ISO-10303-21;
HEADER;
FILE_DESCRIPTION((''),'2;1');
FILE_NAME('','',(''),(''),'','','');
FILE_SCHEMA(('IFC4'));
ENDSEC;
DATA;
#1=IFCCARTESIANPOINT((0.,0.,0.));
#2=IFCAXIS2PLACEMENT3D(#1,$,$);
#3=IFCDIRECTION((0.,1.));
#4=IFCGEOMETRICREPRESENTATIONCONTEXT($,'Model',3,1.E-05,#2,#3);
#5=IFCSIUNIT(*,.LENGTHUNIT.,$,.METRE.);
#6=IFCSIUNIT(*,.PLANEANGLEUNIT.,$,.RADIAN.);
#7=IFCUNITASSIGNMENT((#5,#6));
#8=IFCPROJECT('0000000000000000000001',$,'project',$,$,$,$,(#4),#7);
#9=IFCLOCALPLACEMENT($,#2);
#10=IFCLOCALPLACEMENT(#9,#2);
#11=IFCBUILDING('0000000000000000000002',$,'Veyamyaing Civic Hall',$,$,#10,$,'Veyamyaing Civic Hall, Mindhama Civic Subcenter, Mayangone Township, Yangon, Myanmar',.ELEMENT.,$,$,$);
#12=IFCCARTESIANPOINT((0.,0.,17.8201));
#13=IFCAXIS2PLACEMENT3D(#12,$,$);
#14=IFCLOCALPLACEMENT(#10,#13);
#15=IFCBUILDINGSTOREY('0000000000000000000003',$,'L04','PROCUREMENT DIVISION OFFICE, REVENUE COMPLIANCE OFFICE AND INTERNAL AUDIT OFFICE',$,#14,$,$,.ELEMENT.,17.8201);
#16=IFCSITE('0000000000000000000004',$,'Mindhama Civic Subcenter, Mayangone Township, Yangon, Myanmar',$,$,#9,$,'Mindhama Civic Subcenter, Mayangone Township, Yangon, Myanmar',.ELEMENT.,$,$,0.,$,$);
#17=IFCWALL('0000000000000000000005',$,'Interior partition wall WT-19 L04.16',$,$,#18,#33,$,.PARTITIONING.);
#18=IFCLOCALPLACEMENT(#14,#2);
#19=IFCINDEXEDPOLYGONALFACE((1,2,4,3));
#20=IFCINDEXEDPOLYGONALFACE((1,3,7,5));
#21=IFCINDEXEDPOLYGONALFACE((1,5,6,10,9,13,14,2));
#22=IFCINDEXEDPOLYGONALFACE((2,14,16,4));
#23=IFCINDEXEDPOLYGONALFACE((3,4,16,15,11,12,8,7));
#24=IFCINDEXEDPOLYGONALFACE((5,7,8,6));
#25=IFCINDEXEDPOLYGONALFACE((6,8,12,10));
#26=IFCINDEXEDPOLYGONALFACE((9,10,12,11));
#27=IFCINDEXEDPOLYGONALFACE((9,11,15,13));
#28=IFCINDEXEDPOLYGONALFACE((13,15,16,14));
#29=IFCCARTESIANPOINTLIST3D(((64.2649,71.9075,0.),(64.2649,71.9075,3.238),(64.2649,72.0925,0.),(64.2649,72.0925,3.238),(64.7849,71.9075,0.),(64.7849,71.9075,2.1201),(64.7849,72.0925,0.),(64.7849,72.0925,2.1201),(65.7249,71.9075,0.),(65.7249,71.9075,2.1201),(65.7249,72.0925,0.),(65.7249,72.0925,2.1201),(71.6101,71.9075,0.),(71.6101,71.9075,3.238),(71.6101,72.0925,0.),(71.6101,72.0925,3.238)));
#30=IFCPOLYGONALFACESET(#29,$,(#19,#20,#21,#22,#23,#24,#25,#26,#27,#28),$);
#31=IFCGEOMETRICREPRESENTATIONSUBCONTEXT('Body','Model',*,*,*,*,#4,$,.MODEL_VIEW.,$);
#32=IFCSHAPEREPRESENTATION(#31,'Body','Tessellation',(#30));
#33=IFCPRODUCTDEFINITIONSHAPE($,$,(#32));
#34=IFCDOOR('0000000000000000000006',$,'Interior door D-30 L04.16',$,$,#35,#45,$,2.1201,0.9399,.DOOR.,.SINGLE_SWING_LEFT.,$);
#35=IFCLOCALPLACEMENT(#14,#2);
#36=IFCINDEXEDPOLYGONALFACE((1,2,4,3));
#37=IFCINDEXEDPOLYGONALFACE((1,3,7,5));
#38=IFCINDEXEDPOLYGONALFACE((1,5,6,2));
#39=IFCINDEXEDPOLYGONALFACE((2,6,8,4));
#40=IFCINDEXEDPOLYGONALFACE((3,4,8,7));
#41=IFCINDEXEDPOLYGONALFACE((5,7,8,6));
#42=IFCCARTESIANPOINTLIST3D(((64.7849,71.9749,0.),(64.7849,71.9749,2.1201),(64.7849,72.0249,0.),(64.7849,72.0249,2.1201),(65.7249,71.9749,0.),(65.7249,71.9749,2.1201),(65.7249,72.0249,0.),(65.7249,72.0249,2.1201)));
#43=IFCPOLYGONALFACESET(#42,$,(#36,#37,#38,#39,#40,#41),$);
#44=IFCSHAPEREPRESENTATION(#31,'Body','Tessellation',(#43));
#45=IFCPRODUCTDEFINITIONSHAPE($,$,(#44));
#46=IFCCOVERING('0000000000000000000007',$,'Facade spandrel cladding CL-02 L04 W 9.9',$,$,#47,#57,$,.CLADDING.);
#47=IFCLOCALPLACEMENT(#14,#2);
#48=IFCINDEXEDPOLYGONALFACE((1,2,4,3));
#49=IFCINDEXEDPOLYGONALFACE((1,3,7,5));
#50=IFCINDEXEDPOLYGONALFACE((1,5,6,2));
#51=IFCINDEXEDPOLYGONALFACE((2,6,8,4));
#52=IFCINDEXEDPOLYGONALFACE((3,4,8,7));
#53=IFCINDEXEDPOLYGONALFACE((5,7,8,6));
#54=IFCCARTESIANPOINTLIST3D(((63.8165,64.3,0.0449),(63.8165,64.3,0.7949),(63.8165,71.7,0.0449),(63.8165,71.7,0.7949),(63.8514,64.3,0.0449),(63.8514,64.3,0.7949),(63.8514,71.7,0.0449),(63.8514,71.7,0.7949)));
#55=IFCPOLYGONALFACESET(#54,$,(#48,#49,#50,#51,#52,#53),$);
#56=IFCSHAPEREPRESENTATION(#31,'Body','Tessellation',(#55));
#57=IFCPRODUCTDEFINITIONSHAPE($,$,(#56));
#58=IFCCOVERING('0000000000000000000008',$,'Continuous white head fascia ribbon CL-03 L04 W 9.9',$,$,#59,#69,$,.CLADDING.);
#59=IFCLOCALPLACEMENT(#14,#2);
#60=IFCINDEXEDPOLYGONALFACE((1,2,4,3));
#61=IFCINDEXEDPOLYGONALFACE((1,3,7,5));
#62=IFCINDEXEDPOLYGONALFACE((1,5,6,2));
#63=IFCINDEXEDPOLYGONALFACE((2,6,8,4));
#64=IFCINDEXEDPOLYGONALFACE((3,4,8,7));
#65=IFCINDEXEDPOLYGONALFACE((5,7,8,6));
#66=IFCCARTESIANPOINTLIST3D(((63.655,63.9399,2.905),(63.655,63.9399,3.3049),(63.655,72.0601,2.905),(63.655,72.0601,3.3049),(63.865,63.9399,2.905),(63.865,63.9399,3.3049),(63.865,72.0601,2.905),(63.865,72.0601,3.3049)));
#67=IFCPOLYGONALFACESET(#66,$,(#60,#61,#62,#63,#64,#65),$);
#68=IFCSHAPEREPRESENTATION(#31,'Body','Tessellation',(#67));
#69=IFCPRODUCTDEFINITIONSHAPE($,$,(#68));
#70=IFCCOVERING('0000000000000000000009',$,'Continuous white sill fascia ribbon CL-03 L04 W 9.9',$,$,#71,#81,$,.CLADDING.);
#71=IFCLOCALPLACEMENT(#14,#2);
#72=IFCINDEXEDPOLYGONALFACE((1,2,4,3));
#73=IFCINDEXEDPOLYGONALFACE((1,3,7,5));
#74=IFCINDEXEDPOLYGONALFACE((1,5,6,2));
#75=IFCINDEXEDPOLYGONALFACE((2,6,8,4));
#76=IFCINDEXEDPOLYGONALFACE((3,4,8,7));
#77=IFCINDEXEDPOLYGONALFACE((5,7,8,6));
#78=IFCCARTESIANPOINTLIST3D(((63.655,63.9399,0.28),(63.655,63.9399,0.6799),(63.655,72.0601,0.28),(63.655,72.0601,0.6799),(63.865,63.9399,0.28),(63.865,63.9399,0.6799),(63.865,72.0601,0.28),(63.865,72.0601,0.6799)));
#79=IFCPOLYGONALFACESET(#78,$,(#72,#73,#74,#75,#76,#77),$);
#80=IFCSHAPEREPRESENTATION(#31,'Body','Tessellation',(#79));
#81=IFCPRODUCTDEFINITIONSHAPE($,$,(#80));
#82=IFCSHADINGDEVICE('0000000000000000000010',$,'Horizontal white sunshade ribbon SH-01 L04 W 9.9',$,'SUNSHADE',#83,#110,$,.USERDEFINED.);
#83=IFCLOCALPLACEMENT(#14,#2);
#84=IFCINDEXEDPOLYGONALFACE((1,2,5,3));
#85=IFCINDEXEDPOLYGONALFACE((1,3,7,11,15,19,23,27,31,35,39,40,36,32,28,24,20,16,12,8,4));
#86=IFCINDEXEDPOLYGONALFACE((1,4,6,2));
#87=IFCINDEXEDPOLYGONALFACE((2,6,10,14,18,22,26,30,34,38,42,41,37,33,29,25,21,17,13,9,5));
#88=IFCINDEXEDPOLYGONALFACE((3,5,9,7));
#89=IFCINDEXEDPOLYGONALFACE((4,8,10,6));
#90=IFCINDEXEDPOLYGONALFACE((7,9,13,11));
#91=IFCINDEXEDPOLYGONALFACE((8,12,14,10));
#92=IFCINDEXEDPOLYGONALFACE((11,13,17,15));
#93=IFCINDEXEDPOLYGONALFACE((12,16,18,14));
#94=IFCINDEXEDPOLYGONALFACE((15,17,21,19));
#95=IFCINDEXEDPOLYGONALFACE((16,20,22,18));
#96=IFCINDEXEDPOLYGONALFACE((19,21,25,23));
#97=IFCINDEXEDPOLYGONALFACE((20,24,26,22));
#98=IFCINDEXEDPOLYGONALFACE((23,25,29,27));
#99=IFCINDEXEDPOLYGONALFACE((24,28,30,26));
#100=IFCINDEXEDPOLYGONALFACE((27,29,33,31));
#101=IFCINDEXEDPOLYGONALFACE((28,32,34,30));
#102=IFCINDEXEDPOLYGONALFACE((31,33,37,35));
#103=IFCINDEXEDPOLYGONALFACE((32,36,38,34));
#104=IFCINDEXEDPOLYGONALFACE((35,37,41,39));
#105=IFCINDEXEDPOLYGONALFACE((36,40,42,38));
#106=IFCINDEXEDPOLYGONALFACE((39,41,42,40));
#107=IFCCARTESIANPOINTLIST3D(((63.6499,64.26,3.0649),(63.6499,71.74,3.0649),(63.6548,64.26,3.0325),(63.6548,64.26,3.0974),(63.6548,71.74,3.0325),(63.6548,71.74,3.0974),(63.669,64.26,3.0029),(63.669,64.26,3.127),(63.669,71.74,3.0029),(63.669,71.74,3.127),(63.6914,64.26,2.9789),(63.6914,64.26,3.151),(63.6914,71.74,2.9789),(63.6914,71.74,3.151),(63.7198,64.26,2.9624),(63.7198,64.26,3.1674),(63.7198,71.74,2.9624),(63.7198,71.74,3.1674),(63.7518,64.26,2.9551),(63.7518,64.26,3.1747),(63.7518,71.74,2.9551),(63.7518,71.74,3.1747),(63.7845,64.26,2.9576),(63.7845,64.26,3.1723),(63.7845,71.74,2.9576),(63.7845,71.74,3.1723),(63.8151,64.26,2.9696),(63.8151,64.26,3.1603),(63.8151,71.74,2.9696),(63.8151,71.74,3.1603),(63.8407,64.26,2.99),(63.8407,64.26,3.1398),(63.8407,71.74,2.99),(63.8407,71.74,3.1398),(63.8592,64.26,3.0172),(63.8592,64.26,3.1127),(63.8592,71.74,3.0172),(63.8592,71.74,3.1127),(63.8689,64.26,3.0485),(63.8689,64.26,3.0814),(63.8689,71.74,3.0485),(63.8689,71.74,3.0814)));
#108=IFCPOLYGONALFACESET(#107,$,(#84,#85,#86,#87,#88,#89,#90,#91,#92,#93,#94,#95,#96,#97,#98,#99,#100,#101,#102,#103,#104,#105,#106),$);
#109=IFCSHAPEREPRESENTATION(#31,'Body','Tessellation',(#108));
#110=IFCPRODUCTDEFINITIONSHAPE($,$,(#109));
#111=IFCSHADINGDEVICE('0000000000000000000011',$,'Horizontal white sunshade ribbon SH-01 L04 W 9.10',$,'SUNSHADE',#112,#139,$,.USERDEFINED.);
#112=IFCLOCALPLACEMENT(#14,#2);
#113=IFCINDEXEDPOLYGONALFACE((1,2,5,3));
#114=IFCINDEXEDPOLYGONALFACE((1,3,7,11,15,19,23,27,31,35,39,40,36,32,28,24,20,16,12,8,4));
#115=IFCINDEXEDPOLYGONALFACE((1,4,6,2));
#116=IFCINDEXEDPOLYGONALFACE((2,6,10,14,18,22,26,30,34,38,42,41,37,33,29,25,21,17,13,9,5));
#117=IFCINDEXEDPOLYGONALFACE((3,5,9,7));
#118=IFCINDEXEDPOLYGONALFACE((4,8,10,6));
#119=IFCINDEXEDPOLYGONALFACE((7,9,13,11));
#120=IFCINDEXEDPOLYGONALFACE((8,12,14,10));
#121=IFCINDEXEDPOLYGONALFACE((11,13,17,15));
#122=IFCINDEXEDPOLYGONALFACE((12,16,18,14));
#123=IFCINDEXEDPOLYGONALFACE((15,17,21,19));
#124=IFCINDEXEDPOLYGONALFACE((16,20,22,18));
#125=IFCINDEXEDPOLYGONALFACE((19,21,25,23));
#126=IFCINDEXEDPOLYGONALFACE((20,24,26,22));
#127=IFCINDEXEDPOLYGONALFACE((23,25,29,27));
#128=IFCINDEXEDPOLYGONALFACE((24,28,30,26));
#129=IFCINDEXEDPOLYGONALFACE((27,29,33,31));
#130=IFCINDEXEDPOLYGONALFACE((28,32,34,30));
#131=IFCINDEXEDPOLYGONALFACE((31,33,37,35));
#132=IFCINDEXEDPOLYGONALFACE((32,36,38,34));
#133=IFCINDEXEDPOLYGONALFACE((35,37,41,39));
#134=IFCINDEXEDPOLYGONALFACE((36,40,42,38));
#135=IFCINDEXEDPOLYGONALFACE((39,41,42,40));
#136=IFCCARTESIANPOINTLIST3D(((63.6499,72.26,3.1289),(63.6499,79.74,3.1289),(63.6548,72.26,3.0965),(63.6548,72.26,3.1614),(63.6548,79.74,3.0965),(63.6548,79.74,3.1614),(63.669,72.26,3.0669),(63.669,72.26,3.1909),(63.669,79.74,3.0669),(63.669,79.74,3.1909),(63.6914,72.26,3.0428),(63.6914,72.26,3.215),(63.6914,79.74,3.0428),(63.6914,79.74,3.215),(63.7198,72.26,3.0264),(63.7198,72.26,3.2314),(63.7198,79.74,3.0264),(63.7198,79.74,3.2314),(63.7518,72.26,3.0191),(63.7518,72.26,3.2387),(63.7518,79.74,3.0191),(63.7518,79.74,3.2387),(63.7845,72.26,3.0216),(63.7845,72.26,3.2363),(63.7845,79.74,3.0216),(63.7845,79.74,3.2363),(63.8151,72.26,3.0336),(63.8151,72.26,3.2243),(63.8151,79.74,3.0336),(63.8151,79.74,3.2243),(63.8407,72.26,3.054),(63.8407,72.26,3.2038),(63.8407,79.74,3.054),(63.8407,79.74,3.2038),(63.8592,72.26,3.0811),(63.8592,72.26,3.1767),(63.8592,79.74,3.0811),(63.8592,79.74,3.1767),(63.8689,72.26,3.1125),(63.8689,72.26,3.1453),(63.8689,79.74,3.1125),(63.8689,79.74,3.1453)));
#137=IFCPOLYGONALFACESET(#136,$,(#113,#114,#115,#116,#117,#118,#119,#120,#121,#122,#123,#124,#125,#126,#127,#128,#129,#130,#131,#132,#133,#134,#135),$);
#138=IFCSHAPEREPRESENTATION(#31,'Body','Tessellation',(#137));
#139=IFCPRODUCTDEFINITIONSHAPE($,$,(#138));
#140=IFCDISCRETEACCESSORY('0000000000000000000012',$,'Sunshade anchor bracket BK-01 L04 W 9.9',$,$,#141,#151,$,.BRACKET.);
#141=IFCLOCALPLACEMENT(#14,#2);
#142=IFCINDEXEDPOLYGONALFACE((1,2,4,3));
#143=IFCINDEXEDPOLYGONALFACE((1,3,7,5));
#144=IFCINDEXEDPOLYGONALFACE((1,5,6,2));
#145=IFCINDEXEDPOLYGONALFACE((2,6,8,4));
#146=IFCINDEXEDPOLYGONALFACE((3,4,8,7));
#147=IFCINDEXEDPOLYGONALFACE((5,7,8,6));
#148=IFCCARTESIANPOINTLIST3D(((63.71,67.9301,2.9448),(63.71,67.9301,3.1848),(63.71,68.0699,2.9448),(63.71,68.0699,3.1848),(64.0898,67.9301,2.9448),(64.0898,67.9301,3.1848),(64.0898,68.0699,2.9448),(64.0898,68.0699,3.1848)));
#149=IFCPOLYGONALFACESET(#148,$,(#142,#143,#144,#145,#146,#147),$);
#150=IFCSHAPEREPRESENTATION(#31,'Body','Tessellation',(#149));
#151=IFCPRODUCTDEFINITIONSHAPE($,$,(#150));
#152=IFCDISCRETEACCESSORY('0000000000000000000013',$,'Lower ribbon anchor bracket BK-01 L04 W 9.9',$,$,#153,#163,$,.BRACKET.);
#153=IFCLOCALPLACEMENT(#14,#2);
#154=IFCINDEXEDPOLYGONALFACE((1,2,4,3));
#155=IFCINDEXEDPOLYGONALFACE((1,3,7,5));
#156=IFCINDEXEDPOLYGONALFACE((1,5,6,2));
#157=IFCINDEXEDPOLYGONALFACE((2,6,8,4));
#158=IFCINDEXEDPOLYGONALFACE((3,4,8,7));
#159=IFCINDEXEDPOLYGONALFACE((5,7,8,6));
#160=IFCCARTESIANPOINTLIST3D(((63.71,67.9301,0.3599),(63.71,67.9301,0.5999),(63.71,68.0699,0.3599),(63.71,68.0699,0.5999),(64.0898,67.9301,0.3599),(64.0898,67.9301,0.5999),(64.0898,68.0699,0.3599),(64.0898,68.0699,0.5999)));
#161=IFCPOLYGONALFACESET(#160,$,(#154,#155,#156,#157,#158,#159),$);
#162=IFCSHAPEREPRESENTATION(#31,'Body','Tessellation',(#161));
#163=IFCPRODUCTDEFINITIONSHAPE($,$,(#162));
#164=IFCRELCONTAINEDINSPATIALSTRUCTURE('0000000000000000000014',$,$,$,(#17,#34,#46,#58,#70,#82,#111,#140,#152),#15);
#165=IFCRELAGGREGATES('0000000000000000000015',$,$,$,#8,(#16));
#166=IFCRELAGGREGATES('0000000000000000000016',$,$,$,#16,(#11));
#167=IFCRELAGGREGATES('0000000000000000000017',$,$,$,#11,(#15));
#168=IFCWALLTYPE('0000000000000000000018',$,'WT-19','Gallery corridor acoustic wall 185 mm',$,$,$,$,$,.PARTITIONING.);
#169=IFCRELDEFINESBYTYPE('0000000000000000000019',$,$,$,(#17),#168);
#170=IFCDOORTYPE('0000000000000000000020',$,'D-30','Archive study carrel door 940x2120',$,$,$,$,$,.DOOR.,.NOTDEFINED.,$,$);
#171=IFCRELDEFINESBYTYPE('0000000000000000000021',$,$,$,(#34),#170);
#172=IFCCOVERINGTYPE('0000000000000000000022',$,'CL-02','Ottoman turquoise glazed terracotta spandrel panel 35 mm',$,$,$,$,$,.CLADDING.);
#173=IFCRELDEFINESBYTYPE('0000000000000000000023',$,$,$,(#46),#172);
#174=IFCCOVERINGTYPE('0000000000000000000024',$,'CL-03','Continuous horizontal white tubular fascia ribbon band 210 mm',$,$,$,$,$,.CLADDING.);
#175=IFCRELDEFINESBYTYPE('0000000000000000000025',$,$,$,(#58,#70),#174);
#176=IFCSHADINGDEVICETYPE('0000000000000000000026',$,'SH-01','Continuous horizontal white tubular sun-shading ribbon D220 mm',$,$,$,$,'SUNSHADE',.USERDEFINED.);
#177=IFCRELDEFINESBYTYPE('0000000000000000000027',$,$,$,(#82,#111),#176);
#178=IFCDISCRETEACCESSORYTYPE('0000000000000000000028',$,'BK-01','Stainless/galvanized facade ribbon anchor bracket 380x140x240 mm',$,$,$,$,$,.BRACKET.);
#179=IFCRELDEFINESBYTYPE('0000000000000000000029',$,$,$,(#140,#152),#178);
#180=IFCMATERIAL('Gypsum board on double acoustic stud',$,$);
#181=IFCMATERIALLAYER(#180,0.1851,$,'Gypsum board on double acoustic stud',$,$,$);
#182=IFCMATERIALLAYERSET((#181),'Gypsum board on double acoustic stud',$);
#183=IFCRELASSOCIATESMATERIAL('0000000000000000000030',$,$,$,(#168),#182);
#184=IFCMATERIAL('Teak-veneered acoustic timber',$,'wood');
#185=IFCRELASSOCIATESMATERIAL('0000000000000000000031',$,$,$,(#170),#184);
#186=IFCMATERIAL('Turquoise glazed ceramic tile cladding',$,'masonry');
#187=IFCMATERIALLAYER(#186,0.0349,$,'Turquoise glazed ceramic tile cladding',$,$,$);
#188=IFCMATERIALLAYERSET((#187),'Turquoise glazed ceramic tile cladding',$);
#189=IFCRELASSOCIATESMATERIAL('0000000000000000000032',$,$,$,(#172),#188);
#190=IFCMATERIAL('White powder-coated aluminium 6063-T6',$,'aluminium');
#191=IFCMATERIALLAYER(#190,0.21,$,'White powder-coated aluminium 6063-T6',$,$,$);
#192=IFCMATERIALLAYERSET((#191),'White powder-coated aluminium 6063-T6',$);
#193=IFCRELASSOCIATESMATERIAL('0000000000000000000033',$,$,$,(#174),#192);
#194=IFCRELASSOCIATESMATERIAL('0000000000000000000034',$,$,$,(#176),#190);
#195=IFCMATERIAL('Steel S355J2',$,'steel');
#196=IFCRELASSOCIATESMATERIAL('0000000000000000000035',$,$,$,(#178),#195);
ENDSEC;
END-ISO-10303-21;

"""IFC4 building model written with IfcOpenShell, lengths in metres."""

from ifc_helpers import new_model, si_unit, direction, frame, frame_2d, origin, origin_2d, place, context, subcontext, project, spatial, rectangle, circle, extrude, material, layer, layer_set, material_profile, profile_set, type_object, element, fill, save


model = new_model("IFC4")

# Units and contexts
model_context = context("Model", 3, precision=1e-05, world=origin(), true_north=direction((0.0, 1.0)))
body_context = subcontext(model_context, "Body", "Model", "MODEL_VIEW")
ifc_project = project(units=[si_unit("LENGTHUNIT", "METRE"), si_unit("PLANEANGLEUNIT", "RADIAN")], contexts=[model_context])

# Site, building, storey
site_placement = place(None, origin())
site = spatial("IfcSite", under=ifc_project, at=site_placement, Name="Mindhama Civic Subcenter, Mayangone Township, Yangon, Myanmar", LongName="Mindhama Civic Subcenter, Mayangone Township, Yangon, Myanmar", CompositionType="ELEMENT", RefElevation=0.0)
building_placement = place(site_placement, origin())
building = spatial("IfcBuilding", under=site, at=building_placement, Name="Veyamyaing Civic Hall", LongName="Veyamyaing Civic Hall, Mindhama Civic Subcenter, Mayangone Township, Yangon, Myanmar", CompositionType="ELEMENT")
storey_placement = place(building_placement, frame((0.0, 0.0, 17.8201)))
storey = spatial("IfcBuildingStorey", under=building, at=storey_placement, Name="L04", Description="PROCUREMENT DIVISION OFFICE, REVENUE COMPLIANCE OFFICE AND INTERNAL AUDIT OFFICE", CompositionType="ELEMENT", Elevation=17.8201)

# Wall, opening, door
ifc_material_1 = material(Name="Gypsum board on double acoustic stud")
ifc_layer_1 = layer(ifc_material_1, 0.1851, Name="Gypsum board on double acoustic stud")
ifc_layer_set_1 = layer_set([ifc_layer_1], Name="Gypsum board on double acoustic stud")
wall_type_1 = type_object("IfcWallType", Name="WT-19", Description="Gallery corridor acoustic wall 185 mm", PredefinedType="PARTITIONING", material=ifc_layer_set_1)
wall_1_placement = place(storey_placement, frame((64.2649, 72.0, 0.0), z_axis=(0.0, 0.0, 1.0), x_axis=(1.0, 0.0, 0.0)))
wall_1 = element("IfcWall", 1, at=wall_1_placement, inside=storey, type_object=wall_type_1, Name="Interior partition wall WT-19 L04.16", PredefinedType="PARTITIONING", context=body_context, shape_type="SweptSolid", body=[
    extrude(rectangle(XDim=7.3452, YDim=0.1851, at=frame_2d((3.6726, 0.0))), origin(), (0.0, 0.0, 1.0), 3.238),
])
opening_1_placement = place(wall_1_placement, frame((0.52, 0.0, 0.0)))
opening_1 = element("IfcOpeningElement", 2, at=opening_1_placement, cuts=wall_1, PredefinedType="OPENING", context=body_context, shape_type="SweptSolid", body=[
    extrude(rectangle(XDim=0.9399, YDim=2.1201, at=frame_2d((0.47, 1.0601))), frame((0.0, 0.1025, 0.0), z_axis=(0.0, -1.0, 0.0), x_axis=(1.0, 0.0, 0.0)), (0.0, 0.0, 1.0), 0.2051),
])
ifc_material_2 = material(Name="Teak-veneered acoustic timber", Category="wood")
door_type = type_object("IfcDoorType", Name="D-30", Description="Archive study carrel door 940x2120", OperationType="NOTDEFINED", PredefinedType="DOOR", material=ifc_material_2)
door_placement = place(opening_1_placement, origin())
door = element("IfcDoor", 3, at=door_placement, inside=storey, type_object=door_type, Name="Interior door D-30 L04.16", OperationType="SINGLE_SWING_LEFT", OverallHeight=2.1201, OverallWidth=0.9399, PredefinedType="DOOR", context=body_context, shape_type="SweptSolid", body=[
    extrude(rectangle(XDim=0.9399, YDim=2.1201, at=frame_2d((0.47, 1.0601))), frame((0.0, 0.0249, 0.0), z_axis=(0.0, -1.0, 0.0), x_axis=(1.0, 0.0, 0.0)), (0.0, 0.0, 1.0), 0.05),
])
fill(opening_1, door)

# Coverings
ifc_material_3 = material(Name="Turquoise glazed ceramic tile cladding", Category="masonry")
ifc_layer_2 = layer(ifc_material_3, 0.0349, Name="Turquoise glazed ceramic tile cladding")
ifc_layer_set_2 = layer_set([ifc_layer_2], Name="Turquoise glazed ceramic tile cladding")
covering_type_1 = type_object("IfcCoveringType", Name="CL-02", Description="Ottoman turquoise glazed terracotta spandrel panel 35 mm", PredefinedType="CLADDING", material=ifc_layer_set_2)
covering_placement = place(storey_placement, frame((63.834, 68.0, 0.0449), z_axis=(0.0, 0.0, 1.0), x_axis=(0.0, 1.0, 0.0)))
element("IfcCovering", 4, at=covering_placement, inside=storey, type_object=covering_type_1, Name="Facade spandrel cladding CL-02 L04 W 9.9", PredefinedType="CLADDING", context=body_context, shape_type="SweptSolid", body=[
    extrude(rectangle(XDim=7.3999, YDim=0.0349, at=origin_2d()), origin(), (0.0, 0.0, 1.0), 0.75),
])
ifc_material_4 = material(Name="White powder-coated aluminium 6063-T6", Category="aluminium")
ifc_layer_3 = layer(ifc_material_4, 0.21, Name="White powder-coated aluminium 6063-T6")
ifc_layer_set_3 = layer_set([ifc_layer_3], Name="White powder-coated aluminium 6063-T6")
covering_type_2 = type_object("IfcCoveringType", Name="CL-03", Description="Continuous horizontal white tubular fascia ribbon band 210 mm", PredefinedType="CLADDING", material=ifc_layer_set_3)
for number, where, z_axis, x_axis, name in (
    (5, (63.76, 68.0, 2.905), (0.0, 0.0, 1.0), (0.0, 1.0, 0.0), "Continuous white head fascia ribbon CL-03 L04 W 9.9"),
    (6, (63.76, 68.0, 0.28), (0.0, 0.0, 1.0), (0.0, 1.0, 0.0), "Continuous white sill fascia ribbon CL-03 L04 W 9.9"),
):
    element("IfcCovering", number, at=place(storey_placement, frame(where, z_axis=z_axis, x_axis=x_axis)), inside=storey, type_object=covering_type_2, Name=name, PredefinedType="CLADDING", context=body_context, shape_type="SweptSolid", body=[
        extrude(rectangle(XDim=8.1201, YDim=0.21, at=origin_2d()), origin(), (0.0, 0.0, 1.0), 0.3999),
    ])

# Shading devices
ifc_material_profile_1 = material_profile(ifc_material_4, circle(Radius=0.1101, at=origin_2d()), Name="SHADE-TUBE-220")
ifc_profile_set_1 = profile_set([ifc_material_profile_1], Name="White powder-coated aluminium 6063-T6")
shading_device_type = type_object("IfcShadingDeviceType", Name="SH-01", Description="Continuous horizontal white tubular sun-shading ribbon D220 mm", ElementType="SUNSHADE", PredefinedType="USERDEFINED", material=ifc_profile_set_1)
for number, where, z_axis, x_axis, name in (
    (7, (63.76, 64.26, 3.0649), (0.0, 1.0, 0.0), (-1.0, 0.0, 0.0), "Horizontal white sunshade ribbon SH-01 L04 W 9.9"),
    (8, (63.76, 72.26, 3.1289), (0.0, 1.0, 0.0), (-1.0, 0.0, 0.0), "Horizontal white sunshade ribbon SH-01 L04 W 9.10"),
):
    element("IfcShadingDevice", number, at=place(storey_placement, frame(where, z_axis=z_axis, x_axis=x_axis)), inside=storey, type_object=shading_device_type, Name=name, ObjectType="SUNSHADE", PredefinedType="USERDEFINED", context=body_context, shape_type="SweptSolid", body=[
        extrude(circle(Radius=0.1101, at=origin_2d()), origin(), (0.0, 0.0, 1.0), 7.48),
    ])

# Discrete accessories
ifc_material_5 = material(Name="Steel S355J2", Category="steel")
discrete_accessory_type = type_object("IfcDiscreteAccessoryType", Name="BK-01", Description="Stainless/galvanized facade ribbon anchor bracket 380x140x240 mm", PredefinedType="BRACKET", material=ifc_material_5)
for number, where, z_axis, x_axis, name in (
    (9, (63.8999, 68.0, 2.9448), (0.0, 0.0, 1.0), (-1.0, 0.0, 0.0), "Sunshade anchor bracket BK-01 L04 W 9.9"),
    (10, (63.8999, 68.0, 0.3599), (0.0, 0.0, 1.0), (-1.0, 0.0, 0.0), "Lower ribbon anchor bracket BK-01 L04 W 9.9"),
):
    element("IfcDiscreteAccessory", number, at=place(storey_placement, frame(where, z_axis=z_axis, x_axis=x_axis)), inside=storey, type_object=discrete_accessory_type, Name=name, PredefinedType="BRACKET", context=body_context, shape_type="SweptSolid", body=[
        extrude(rectangle(XDim=0.3799, YDim=0.1399, at=origin_2d()), origin(), (0.0, 0.0, 1.0), 0.24),
    ])

save(model, "model.ifc")
